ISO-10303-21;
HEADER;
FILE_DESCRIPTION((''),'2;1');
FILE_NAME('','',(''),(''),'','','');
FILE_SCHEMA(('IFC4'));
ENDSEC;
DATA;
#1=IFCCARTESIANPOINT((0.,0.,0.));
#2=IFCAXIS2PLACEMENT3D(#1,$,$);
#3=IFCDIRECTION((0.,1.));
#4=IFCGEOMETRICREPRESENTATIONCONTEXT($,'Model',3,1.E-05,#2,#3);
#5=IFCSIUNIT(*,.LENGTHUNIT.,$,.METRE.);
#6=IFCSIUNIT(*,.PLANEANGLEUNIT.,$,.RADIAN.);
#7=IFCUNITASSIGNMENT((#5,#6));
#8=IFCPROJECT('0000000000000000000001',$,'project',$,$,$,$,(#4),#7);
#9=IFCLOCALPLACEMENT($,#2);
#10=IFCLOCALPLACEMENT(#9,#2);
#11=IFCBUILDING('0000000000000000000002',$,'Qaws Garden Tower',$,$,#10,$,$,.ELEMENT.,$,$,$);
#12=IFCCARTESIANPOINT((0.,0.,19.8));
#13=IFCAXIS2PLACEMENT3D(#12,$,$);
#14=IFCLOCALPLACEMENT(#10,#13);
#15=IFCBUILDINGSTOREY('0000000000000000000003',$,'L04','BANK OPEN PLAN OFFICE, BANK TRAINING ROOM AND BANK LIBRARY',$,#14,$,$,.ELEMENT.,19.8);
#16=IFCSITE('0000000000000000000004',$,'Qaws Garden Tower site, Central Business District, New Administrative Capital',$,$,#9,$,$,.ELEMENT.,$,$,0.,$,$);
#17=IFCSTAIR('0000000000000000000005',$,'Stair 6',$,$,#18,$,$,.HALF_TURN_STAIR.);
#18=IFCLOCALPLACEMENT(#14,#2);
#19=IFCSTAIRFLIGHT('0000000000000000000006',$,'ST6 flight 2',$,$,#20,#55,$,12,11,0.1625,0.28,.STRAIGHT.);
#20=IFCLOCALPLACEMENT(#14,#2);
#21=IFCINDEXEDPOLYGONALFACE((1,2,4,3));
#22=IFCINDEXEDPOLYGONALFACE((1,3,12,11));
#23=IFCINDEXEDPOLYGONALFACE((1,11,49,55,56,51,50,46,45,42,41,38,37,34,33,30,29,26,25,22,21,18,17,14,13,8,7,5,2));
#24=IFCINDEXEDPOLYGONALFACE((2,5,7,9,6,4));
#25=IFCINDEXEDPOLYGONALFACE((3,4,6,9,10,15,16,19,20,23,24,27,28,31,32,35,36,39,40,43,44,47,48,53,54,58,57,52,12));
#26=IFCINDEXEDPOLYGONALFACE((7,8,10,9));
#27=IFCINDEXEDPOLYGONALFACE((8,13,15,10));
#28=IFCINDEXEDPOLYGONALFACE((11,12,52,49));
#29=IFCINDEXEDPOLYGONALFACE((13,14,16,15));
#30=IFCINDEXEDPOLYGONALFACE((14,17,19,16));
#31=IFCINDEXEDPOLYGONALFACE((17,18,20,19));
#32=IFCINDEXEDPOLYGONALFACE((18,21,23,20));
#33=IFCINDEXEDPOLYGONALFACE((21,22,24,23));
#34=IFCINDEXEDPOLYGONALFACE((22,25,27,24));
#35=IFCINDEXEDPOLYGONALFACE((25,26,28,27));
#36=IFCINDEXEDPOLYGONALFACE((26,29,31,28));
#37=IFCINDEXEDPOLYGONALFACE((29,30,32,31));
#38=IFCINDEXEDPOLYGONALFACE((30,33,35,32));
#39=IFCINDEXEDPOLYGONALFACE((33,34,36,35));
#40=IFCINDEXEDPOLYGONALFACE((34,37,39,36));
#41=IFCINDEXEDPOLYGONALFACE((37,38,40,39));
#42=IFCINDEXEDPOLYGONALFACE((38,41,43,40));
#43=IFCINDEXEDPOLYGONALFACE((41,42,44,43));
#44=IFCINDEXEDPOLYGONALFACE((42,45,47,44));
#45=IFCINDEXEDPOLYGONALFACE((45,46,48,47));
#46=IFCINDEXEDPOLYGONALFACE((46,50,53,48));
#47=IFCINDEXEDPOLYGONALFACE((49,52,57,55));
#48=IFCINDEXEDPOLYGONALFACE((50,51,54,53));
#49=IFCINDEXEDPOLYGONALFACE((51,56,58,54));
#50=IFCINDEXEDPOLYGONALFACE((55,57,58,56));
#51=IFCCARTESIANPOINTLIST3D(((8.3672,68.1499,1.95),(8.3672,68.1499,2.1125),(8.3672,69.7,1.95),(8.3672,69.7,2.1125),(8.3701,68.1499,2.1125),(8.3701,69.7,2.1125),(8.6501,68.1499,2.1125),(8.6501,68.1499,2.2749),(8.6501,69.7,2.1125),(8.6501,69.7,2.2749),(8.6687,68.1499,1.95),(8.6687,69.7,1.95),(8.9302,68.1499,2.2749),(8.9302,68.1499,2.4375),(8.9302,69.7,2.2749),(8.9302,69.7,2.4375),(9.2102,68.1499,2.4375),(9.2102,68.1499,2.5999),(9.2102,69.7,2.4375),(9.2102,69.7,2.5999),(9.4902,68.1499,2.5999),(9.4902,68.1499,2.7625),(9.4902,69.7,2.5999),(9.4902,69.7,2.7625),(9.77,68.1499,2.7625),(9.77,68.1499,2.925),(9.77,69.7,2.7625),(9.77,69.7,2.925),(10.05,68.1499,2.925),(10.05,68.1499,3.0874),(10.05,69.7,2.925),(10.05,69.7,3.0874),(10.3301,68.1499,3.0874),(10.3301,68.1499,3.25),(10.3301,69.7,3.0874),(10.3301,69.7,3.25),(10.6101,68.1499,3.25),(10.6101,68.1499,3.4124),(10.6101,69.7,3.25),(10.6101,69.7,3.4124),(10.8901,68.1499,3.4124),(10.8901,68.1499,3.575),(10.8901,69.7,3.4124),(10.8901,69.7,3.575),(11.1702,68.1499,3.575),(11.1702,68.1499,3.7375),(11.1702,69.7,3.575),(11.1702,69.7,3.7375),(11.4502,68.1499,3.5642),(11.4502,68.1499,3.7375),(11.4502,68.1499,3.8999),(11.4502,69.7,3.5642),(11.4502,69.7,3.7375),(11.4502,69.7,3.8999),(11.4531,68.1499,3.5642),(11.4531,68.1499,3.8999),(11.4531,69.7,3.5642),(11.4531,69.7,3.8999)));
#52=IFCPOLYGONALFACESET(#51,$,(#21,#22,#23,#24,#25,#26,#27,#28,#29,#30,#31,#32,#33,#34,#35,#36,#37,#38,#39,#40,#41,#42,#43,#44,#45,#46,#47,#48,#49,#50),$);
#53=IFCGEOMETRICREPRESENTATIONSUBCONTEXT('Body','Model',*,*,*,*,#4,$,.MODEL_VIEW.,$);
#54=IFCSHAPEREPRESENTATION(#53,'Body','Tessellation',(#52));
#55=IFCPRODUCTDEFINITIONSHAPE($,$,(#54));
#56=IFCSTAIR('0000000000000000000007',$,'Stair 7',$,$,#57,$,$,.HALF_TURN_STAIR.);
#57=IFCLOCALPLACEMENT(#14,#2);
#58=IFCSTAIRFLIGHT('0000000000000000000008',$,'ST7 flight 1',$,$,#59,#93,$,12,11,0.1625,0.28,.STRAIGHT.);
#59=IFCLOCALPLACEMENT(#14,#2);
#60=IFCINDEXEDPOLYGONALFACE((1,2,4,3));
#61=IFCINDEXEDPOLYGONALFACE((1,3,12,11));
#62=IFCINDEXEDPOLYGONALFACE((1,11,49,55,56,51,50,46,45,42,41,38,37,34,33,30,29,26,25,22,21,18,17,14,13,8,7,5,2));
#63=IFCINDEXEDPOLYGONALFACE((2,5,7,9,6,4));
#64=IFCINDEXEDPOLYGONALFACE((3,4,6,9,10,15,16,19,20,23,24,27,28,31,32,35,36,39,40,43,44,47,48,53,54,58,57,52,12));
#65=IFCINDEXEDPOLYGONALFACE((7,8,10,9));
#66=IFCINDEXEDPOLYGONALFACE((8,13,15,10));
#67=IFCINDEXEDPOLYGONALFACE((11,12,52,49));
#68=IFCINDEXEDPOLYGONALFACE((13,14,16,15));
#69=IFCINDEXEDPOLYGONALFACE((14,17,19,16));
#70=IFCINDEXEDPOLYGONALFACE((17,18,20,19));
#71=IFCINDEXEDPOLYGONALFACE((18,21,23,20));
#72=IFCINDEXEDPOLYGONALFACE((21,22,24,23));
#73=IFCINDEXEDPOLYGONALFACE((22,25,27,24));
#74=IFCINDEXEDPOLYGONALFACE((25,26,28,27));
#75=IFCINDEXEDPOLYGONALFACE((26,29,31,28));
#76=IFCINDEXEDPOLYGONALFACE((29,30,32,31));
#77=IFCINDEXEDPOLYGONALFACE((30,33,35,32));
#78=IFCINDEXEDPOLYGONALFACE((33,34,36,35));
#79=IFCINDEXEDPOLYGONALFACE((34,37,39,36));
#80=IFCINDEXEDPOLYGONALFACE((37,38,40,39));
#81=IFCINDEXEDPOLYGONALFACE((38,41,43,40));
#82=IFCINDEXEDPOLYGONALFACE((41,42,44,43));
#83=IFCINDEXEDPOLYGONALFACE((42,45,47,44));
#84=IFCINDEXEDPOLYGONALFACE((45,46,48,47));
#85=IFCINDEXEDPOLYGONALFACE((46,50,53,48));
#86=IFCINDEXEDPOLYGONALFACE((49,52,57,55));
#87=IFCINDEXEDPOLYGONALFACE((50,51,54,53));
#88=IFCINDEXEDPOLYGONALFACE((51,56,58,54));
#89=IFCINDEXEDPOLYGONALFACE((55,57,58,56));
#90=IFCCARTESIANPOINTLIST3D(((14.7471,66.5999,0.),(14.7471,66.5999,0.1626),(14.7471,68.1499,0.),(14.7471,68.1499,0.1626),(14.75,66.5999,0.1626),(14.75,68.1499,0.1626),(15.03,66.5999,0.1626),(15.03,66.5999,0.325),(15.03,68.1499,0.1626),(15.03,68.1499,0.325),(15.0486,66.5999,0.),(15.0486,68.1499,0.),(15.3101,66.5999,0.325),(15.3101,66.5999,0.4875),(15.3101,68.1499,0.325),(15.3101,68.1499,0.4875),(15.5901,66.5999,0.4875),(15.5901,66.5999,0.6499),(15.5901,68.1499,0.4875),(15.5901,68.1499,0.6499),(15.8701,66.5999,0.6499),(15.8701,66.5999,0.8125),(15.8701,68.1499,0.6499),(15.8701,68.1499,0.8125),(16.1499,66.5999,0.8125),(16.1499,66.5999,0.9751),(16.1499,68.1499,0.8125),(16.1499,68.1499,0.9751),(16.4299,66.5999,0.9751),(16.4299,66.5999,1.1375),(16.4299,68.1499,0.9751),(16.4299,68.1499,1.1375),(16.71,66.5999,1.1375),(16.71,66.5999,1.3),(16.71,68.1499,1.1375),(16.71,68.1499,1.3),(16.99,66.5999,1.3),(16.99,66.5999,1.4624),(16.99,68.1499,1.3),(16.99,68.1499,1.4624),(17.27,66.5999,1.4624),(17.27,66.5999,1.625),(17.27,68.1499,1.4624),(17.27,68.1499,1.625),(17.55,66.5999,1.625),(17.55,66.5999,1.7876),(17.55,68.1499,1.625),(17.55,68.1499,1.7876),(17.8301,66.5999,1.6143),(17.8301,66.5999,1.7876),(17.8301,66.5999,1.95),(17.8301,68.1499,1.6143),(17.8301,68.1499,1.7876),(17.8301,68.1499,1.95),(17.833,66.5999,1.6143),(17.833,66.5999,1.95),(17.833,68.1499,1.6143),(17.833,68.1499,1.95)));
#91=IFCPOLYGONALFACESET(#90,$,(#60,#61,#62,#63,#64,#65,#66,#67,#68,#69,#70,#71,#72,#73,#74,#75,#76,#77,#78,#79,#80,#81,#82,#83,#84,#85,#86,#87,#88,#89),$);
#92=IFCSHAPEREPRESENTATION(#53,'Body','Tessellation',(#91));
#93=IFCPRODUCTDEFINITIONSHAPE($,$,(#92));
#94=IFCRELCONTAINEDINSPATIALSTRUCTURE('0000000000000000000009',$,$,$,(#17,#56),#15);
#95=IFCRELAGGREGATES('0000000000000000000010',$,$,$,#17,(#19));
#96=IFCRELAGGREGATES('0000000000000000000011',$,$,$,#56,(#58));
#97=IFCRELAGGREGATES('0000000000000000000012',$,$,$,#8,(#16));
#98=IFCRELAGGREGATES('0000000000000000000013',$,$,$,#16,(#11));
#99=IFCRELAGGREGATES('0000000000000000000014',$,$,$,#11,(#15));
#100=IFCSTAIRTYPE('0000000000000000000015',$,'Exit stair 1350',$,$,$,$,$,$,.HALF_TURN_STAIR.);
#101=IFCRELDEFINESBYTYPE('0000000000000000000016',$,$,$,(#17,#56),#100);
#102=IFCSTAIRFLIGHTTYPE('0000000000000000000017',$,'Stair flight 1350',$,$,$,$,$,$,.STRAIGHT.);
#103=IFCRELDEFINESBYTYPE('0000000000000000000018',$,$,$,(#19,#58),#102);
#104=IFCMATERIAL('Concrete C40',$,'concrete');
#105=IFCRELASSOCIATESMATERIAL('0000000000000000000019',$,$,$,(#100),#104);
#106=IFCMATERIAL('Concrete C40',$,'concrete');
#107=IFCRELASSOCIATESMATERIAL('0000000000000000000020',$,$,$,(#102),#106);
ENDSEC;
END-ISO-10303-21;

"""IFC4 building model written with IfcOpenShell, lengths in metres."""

from ifc_helpers import new_model, si_unit, direction, frame, origin, place, context, subcontext, project, spatial, polyline, outline, extrude, material, type_object, element, aggregate, save


model = new_model("IFC4")

# Units and contexts
model_context = context("Model", 3, precision=1e-05, world=origin(), true_north=direction((0.0, 1.0)))
body_context = subcontext(model_context, "Body", "Model", "MODEL_VIEW")
ifc_project = project(units=[si_unit("LENGTHUNIT", "METRE"), si_unit("PLANEANGLEUNIT", "RADIAN")], contexts=[model_context])

# Site, building, storey
site_placement = place(None, origin())
site = spatial("IfcSite", under=ifc_project, at=site_placement, Name="Qaws Garden Tower site, Central Business District, New Administrative Capital", CompositionType="ELEMENT", RefElevation=0.0)
building_placement = place(site_placement, origin())
building = spatial("IfcBuilding", under=site, at=building_placement, Name="Qaws Garden Tower", CompositionType="ELEMENT")
storey_placement = place(building_placement, frame((0.0, 0.0, 19.8)))
storey = spatial("IfcBuildingStorey", under=building, at=storey_placement, Name="L04", Description="BANK OPEN PLAN OFFICE, BANK TRAINING ROOM AND BANK LIBRARY", CompositionType="ELEMENT", Elevation=19.8)

# Stair, stair flight
ifc_material_1 = material(Name="Concrete C40", Category="concrete")
stair_type = type_object("IfcStairType", Name="Exit stair 1350", PredefinedType="HALF_TURN_STAIR", material=ifc_material_1)
placement = place(storey_placement, origin())
stair_1 = element("IfcStair", 1, at=placement, inside=storey, type_object=stair_type, Name="Stair 6", PredefinedType="HALF_TURN_STAIR")
ifc_material_2 = material(Name="Concrete C40", Category="concrete")
stair_flight_type = type_object("IfcStairFlightType", Name="Stair flight 1350", PredefinedType="STRAIGHT", material=ifc_material_2)
stair_flight_1_placement = place(storey_placement, frame((8.3701, 68.925, 1.95), z_axis=(0.0, 0.0, 1.0), x_axis=(1.0, 0.0, 0.0)))
stair_flight_1 = element("IfcStairFlight", 2, at=stair_flight_1_placement, type_object=stair_flight_type, Name="ST6 flight 2", NumberOfRisers=12, NumberOfTreads=11, PredefinedType="STRAIGHT", RiserHeight=0.1625, TreadLength=0.28, context=body_context, shape_type="SweptSolid", body=[
    extrude(outline(polyline([(-0.0029, 0.0), (-0.0029, 0.1626), (0.0, 0.1626), (0.28, 0.1626), (0.28, 0.325), (0.5601, 0.325), (0.5601, 0.4875), (0.8401, 0.4875), (0.8401, 0.6499), (1.1201, 0.6499), (1.1201, 0.8125), (1.3999, 0.8125), (1.3999, 0.9751), (1.6799, 0.9751), (1.6799, 1.1375), (1.96, 1.1375), (1.96, 1.3), (2.24, 1.3), (2.24, 1.4624), (2.52, 1.4624), (2.52, 1.625), (2.8, 1.625), (2.8, 1.7876), (3.0801, 1.7876), (3.0801, 1.95), (3.083, 1.95), (3.083, 1.6143), (3.0801, 1.6143), (0.2986, 0.0), (-0.0029, 0.0)])), frame((0.0, 0.7749, 0.0), z_axis=(0.0, -1.0, 0.0), x_axis=(1.0, 0.0, 0.0)), (0.0, 0.0, 1.0), 1.55),
])
aggregate(stair_1, [stair_flight_1])

# Stair, stair flight
stair_2 = element("IfcStair", 3, at=placement, inside=storey, type_object=stair_type, Name="Stair 7", PredefinedType="HALF_TURN_STAIR")
stair_flight_2_placement = place(storey_placement, frame((14.75, 67.375, 0.0), z_axis=(0.0, 0.0, 1.0), x_axis=(1.0, 0.0, 0.0)))
stair_flight_2 = element("IfcStairFlight", 4, at=stair_flight_2_placement, type_object=stair_flight_type, Name="ST7 flight 1", NumberOfRisers=12, NumberOfTreads=11, PredefinedType="STRAIGHT", RiserHeight=0.1625, TreadLength=0.28, context=body_context, shape_type="SweptSolid", body=[
    extrude(outline(polyline([(-0.0029, 0.0), (-0.0029, 0.1626), (0.0, 0.1626), (0.28, 0.1626), (0.28, 0.325), (0.5601, 0.325), (0.5601, 0.4875), (0.8401, 0.4875), (0.8401, 0.6499), (1.1201, 0.6499), (1.1201, 0.8125), (1.3999, 0.8125), (1.3999, 0.9751), (1.6799, 0.9751), (1.6799, 1.1375), (1.96, 1.1375), (1.96, 1.3), (2.24, 1.3), (2.24, 1.4624), (2.52, 1.4624), (2.52, 1.625), (2.8, 1.625), (2.8, 1.7876), (3.0801, 1.7876), (3.0801, 1.95), (3.083, 1.95), (3.083, 1.6143), (3.0801, 1.6143), (0.2986, 0.0), (-0.0029, 0.0)])), frame((0.0, 0.7749, 0.0), z_axis=(0.0, -1.0, 0.0), x_axis=(1.0, 0.0, 0.0)), (0.0, 0.0, 1.0), 1.55),
])
aggregate(stair_2, [stair_flight_2])

save(model, "model.ifc")
